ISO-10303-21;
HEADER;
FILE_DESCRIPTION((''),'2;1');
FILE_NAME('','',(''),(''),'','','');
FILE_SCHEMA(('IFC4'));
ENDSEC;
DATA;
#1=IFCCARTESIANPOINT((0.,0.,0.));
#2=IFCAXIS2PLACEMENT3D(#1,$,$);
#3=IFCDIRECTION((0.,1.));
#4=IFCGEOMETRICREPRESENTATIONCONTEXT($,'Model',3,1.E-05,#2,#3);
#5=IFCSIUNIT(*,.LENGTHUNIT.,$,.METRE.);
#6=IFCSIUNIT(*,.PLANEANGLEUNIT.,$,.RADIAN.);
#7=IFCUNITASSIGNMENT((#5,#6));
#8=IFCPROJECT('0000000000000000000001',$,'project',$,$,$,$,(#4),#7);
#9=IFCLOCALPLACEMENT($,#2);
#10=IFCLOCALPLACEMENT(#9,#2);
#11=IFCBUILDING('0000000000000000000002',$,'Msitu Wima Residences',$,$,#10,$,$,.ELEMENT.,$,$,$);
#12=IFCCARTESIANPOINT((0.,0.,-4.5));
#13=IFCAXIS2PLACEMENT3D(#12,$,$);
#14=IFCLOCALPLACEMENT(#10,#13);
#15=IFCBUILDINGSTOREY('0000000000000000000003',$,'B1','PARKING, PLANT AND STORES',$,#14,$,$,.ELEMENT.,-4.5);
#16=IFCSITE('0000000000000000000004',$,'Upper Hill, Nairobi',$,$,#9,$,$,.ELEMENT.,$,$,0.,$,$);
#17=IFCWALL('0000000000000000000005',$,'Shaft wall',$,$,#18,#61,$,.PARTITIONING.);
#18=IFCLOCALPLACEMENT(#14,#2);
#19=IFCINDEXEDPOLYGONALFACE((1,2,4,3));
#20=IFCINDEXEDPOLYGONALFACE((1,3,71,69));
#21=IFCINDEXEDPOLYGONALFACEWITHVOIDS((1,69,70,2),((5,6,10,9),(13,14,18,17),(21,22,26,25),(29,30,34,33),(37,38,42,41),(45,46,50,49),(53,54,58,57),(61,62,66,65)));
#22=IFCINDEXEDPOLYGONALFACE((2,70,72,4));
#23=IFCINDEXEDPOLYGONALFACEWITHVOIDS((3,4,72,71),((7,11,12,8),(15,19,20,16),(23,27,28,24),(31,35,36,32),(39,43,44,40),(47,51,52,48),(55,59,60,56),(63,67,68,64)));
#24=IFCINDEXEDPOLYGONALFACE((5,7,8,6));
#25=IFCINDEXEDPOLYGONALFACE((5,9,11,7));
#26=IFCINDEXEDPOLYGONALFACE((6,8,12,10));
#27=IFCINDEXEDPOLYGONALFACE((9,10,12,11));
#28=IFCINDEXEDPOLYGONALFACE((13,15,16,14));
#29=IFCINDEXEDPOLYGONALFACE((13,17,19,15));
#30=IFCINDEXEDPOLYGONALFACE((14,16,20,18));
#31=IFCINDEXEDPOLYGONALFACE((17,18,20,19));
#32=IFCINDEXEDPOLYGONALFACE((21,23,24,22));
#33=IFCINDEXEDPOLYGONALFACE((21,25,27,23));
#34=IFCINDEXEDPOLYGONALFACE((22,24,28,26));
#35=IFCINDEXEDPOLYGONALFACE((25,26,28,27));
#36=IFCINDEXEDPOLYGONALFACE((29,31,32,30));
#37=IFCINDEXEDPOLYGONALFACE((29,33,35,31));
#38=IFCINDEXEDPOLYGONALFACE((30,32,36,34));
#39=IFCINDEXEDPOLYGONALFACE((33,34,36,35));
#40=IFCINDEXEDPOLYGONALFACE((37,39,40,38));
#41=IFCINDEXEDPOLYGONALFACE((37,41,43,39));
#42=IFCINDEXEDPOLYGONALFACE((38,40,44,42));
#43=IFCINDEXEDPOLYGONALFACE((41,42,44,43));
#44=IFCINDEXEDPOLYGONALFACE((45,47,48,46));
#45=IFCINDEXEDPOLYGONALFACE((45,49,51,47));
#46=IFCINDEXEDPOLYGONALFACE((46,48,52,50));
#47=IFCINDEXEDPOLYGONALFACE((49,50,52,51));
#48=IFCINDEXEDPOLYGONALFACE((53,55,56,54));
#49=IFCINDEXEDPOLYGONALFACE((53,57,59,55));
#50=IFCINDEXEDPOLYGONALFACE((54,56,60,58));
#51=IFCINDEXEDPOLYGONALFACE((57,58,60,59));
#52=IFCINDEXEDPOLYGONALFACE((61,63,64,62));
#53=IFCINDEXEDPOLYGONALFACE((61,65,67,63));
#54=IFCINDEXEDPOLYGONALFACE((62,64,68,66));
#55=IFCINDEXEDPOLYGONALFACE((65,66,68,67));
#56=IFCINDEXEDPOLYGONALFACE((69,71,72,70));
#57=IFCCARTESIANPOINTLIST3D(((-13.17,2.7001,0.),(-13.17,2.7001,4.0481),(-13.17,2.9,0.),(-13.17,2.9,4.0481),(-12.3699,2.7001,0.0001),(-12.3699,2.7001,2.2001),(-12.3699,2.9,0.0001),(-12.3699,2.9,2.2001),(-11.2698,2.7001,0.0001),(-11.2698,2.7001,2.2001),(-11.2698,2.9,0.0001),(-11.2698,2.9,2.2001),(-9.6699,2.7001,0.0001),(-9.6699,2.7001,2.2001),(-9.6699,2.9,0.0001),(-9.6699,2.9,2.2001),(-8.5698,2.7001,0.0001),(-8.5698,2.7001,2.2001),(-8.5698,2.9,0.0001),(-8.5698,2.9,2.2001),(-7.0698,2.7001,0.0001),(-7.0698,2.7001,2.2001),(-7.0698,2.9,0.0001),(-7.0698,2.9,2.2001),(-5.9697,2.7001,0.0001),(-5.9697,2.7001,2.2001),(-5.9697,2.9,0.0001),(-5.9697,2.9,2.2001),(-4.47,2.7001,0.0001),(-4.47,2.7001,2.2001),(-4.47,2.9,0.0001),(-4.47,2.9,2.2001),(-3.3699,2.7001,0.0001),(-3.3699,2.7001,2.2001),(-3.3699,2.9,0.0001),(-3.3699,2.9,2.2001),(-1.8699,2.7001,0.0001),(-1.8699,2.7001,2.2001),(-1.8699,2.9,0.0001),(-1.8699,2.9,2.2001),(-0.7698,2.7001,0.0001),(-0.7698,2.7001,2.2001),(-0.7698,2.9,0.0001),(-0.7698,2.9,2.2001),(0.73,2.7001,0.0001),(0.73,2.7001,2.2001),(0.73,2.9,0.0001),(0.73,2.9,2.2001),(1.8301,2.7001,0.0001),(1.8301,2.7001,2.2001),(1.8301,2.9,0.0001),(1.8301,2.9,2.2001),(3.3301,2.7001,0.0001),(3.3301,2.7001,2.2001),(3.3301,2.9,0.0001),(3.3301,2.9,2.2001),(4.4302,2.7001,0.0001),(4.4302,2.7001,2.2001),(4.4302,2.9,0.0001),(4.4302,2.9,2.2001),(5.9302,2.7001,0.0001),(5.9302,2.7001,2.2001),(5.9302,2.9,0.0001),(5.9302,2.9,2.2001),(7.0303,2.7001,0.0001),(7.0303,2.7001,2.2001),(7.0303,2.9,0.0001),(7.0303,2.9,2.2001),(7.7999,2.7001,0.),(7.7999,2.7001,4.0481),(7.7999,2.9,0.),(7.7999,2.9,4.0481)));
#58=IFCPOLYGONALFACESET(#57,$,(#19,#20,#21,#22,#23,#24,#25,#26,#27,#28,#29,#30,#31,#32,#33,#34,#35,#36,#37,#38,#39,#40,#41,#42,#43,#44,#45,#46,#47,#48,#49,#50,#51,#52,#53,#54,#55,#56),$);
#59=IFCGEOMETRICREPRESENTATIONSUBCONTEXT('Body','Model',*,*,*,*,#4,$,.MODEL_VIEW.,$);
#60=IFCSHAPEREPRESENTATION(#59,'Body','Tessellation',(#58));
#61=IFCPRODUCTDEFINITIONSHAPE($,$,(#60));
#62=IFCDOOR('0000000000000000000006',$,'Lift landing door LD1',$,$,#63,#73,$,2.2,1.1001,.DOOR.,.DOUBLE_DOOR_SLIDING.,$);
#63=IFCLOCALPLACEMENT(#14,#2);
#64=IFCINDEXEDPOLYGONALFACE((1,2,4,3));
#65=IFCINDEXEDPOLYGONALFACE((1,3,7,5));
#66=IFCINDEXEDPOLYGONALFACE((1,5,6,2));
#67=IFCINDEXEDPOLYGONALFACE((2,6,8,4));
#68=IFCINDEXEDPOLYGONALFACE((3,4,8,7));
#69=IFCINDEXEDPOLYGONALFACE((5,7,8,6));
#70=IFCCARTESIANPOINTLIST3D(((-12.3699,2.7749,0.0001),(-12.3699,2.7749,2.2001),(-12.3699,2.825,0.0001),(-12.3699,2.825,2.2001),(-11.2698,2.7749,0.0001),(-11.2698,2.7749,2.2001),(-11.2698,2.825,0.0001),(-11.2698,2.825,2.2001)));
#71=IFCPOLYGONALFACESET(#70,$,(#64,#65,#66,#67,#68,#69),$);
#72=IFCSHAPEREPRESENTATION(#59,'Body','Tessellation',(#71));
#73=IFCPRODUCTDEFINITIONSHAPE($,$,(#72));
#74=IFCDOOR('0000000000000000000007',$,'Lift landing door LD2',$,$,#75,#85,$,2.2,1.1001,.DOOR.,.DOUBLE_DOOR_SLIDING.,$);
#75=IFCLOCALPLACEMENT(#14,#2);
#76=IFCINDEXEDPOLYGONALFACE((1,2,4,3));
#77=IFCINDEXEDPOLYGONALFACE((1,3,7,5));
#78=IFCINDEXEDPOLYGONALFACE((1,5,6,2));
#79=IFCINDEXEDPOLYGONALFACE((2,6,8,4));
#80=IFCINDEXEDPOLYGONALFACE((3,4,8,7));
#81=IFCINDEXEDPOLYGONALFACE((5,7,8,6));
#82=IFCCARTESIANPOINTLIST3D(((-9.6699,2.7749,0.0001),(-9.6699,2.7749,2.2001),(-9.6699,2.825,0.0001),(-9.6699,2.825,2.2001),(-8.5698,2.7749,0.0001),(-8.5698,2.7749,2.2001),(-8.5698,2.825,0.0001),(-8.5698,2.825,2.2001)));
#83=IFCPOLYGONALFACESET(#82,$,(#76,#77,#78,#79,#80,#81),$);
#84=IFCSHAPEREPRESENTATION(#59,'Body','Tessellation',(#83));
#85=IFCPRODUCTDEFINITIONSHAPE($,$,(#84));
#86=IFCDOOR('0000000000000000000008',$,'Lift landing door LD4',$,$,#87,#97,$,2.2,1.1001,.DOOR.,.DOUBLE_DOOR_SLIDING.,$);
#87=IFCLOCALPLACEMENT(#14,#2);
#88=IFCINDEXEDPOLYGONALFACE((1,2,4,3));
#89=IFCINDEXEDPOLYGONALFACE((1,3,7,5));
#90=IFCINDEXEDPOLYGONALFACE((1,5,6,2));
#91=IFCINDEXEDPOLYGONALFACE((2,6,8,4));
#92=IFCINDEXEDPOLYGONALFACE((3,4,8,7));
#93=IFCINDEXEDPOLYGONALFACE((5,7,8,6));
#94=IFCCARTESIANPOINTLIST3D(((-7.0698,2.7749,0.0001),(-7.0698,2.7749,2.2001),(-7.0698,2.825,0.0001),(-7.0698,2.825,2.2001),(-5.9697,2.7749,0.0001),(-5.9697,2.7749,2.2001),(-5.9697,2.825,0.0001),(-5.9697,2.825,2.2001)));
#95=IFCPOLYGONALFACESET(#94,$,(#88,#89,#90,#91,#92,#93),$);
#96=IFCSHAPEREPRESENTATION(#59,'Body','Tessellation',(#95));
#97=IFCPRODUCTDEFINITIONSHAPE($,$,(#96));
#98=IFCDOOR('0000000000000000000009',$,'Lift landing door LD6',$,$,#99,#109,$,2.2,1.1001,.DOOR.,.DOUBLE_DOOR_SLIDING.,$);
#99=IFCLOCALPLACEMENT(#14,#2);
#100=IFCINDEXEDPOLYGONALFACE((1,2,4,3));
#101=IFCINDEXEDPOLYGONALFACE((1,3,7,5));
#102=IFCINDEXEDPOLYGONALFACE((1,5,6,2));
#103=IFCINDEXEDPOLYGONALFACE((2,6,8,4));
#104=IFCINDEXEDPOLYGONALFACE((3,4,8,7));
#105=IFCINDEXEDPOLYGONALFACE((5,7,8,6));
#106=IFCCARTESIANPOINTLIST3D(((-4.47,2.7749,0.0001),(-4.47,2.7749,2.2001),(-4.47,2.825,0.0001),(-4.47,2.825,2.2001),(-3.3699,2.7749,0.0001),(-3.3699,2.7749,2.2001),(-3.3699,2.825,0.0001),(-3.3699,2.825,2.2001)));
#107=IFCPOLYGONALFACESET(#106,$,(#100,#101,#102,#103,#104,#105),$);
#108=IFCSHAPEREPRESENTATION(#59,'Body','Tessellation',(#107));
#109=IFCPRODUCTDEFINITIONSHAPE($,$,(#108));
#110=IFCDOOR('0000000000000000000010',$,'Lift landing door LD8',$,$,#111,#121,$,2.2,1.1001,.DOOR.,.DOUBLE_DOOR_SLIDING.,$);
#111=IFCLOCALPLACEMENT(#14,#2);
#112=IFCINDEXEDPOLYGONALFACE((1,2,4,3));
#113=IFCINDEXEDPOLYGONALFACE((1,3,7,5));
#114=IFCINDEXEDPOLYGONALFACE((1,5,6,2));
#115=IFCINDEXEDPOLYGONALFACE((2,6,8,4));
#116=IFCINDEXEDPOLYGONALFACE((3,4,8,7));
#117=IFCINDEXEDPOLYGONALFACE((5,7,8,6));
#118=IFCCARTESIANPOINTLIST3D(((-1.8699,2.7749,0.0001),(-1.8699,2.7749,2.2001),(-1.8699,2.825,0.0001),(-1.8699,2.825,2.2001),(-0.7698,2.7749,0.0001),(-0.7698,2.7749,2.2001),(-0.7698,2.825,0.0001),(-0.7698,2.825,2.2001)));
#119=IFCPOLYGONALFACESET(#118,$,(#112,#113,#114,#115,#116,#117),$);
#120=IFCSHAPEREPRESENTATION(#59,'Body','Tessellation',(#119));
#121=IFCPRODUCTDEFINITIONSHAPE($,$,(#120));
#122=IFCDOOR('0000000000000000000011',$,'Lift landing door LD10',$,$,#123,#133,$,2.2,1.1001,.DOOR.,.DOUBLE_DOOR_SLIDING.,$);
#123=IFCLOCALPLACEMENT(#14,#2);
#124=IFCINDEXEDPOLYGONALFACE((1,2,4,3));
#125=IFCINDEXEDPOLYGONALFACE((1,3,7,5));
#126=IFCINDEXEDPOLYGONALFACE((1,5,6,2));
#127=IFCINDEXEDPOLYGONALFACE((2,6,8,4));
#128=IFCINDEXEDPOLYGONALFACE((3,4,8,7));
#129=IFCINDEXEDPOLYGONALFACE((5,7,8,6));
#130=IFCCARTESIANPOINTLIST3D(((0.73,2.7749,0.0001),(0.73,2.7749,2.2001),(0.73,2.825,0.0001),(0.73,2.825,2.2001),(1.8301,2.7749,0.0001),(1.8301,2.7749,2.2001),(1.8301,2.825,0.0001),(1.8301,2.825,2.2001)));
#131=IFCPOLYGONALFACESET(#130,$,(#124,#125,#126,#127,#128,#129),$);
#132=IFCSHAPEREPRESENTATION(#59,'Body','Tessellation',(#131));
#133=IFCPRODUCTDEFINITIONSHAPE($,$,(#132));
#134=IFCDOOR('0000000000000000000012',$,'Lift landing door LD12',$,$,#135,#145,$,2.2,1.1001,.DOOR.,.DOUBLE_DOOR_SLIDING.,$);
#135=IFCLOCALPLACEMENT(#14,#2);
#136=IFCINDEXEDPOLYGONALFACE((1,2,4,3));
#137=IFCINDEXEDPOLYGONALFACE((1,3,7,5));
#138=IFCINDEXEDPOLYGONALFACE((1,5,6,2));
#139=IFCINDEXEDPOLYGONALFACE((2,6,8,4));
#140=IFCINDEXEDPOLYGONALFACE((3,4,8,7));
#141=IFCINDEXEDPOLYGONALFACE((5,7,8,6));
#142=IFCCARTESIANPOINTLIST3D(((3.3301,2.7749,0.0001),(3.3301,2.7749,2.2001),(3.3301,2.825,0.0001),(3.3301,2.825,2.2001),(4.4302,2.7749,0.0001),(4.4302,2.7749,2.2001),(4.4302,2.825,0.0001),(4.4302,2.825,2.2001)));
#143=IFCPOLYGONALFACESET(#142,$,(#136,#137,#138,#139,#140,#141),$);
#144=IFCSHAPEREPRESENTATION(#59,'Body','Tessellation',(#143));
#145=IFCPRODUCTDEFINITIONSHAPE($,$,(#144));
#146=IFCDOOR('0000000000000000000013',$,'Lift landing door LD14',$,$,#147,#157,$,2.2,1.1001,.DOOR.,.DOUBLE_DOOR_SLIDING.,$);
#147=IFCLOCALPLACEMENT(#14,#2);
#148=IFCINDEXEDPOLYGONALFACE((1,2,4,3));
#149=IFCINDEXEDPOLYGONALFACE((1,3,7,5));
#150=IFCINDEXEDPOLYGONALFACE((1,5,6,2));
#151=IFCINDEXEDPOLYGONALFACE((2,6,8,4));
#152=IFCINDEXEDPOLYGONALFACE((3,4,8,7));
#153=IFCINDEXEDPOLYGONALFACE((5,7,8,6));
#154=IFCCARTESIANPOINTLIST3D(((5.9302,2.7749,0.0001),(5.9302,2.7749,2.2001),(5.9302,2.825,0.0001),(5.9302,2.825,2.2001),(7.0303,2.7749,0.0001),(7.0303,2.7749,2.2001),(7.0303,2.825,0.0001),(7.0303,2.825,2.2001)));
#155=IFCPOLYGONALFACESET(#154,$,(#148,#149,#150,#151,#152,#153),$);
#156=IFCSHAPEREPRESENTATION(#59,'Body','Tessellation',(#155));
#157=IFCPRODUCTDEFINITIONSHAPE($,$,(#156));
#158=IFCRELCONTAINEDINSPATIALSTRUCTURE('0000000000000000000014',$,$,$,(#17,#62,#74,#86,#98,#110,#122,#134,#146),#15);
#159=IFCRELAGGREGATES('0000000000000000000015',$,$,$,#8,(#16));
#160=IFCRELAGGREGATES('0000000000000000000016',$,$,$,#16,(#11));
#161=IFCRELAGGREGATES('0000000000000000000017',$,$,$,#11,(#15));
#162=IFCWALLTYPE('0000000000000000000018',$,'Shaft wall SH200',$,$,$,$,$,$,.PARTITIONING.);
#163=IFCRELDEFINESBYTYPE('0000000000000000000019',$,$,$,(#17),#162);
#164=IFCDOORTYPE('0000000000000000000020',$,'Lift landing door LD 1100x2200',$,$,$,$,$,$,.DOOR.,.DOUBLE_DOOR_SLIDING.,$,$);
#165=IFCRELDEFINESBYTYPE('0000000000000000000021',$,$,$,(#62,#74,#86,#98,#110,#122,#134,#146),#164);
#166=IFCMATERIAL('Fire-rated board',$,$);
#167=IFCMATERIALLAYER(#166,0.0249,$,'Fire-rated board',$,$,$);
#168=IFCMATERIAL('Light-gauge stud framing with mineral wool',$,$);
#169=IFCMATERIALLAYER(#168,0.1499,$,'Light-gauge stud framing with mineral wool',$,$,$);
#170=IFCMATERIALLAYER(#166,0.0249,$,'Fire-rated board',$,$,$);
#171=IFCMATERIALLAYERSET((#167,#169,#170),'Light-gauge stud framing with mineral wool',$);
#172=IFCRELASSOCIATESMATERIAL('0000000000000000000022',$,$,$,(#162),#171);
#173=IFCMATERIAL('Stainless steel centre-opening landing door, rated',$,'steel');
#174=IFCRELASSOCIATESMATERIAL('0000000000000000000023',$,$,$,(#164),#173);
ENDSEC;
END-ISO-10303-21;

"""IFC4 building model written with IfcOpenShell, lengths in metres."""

from ifc_helpers import new_model, si_unit, direction, frame, frame_2d, origin, place, context, subcontext, project, spatial, rectangle, extrude, material, layer, layer_set, type_object, element, fill, save


model = new_model("IFC4")

# Units and contexts
model_context = context("Model", 3, precision=1e-05, world=origin(), true_north=direction((0.0, 1.0)))
body_context = subcontext(model_context, "Body", "Model", "MODEL_VIEW")
ifc_project = project(units=[si_unit("LENGTHUNIT", "METRE"), si_unit("PLANEANGLEUNIT", "RADIAN")], contexts=[model_context])

# Site, building, storey
site_placement = place(None, origin())
site = spatial("IfcSite", under=ifc_project, at=site_placement, Name="Upper Hill, Nairobi", CompositionType="ELEMENT", RefElevation=0.0)
building_placement = place(site_placement, origin())
building = spatial("IfcBuilding", under=site, at=building_placement, Name="Msitu Wima Residences", CompositionType="ELEMENT")
storey_placement = place(building_placement, frame((0.0, 0.0, -4.5)))
storey = spatial("IfcBuildingStorey", under=building, at=storey_placement, Name="B1", Description="PARKING, PLANT AND STORES", CompositionType="ELEMENT", Elevation=-4.5)

# Wall, openings, doors
ifc_material_1 = material(Name="Fire-rated board")
ifc_layer_1 = layer(ifc_material_1, 0.0249, Name="Fire-rated board")
ifc_material_2 = material(Name="Light-gauge stud framing with mineral wool")
ifc_layer_2 = layer(ifc_material_2, 0.1499, Name="Light-gauge stud framing with mineral wool")
ifc_layer_3 = layer(ifc_material_1, 0.0249, Name="Fire-rated board")
ifc_layer_set_1 = layer_set([ifc_layer_1, ifc_layer_2, ifc_layer_3], Name="Light-gauge stud framing with mineral wool")
wall_type_1 = type_object("IfcWallType", Name="Shaft wall SH200", PredefinedType="PARTITIONING", material=ifc_layer_set_1)
wall_1_placement = place(storey_placement, frame((-13.1699, 2.8, 0.0), z_axis=(0.0, 0.0, 1.0), x_axis=(1.0, 0.0, 0.0)))
wall_1 = element("IfcWall", 1, at=wall_1_placement, inside=storey, type_object=wall_type_1, Name="Shaft wall", PredefinedType="PARTITIONING", context=body_context, shape_type="SweptSolid", body=[
    extrude(rectangle(XDim=20.97, YDim=0.2, at=frame_2d((10.4849, 0.0))), origin(), (0.0, 0.0, 1.0), 4.0481),
])
opening_1_placement = place(wall_1_placement, frame((0.8, 0.0, 0.0)))
opening_1 = element("IfcOpeningElement", 2, at=opening_1_placement, cuts=wall_1, PredefinedType="OPENING", context=body_context, shape_type="SweptSolid", body=[
    extrude(rectangle(XDim=1.1001, YDim=2.2, at=frame_2d((0.55, 1.1001))), frame((0.0, 0.1099, 0.0), z_axis=(0.0, -1.0, 0.0), x_axis=(1.0, 0.0, 0.0)), (0.0, 0.0, 1.0), 0.22),
])
opening_2_placement = place(wall_1_placement, frame((3.5, 0.0, 0.0)))
opening_2 = element("IfcOpeningElement", 3, at=opening_2_placement, cuts=wall_1, PredefinedType="OPENING", context=body_context, shape_type="SweptSolid", body=[
    extrude(rectangle(XDim=1.1001, YDim=2.2, at=frame_2d((0.55, 1.1001))), frame((0.0, 0.1099, 0.0), z_axis=(0.0, -1.0, 0.0), x_axis=(1.0, 0.0, 0.0)), (0.0, 0.0, 1.0), 0.22),
])
opening_3_placement = place(wall_1_placement, frame((6.1001, 0.0, 0.0)))
opening_3 = element("IfcOpeningElement", 4, at=opening_3_placement, cuts=wall_1, PredefinedType="OPENING", context=body_context, shape_type="SweptSolid", body=[
    extrude(rectangle(XDim=1.1001, YDim=2.2, at=frame_2d((0.55, 1.1001))), frame((0.0, 0.1099, 0.0), z_axis=(0.0, -1.0, 0.0), x_axis=(1.0, 0.0, 0.0)), (0.0, 0.0, 1.0), 0.22),
])
opening_4_placement = place(wall_1_placement, frame((8.7, 0.0, 0.0)))
opening_4 = element("IfcOpeningElement", 5, at=opening_4_placement, cuts=wall_1, PredefinedType="OPENING", context=body_context, shape_type="SweptSolid", body=[
    extrude(rectangle(XDim=1.1001, YDim=2.2, at=frame_2d((0.55, 1.1001))), frame((0.0, 0.1099, 0.0), z_axis=(0.0, -1.0, 0.0), x_axis=(1.0, 0.0, 0.0)), (0.0, 0.0, 1.0), 0.22),
])
opening_5_placement = place(wall_1_placement, frame((11.3, 0.0, 0.0)))
opening_5 = element("IfcOpeningElement", 6, at=opening_5_placement, cuts=wall_1, PredefinedType="OPENING", context=body_context, shape_type="SweptSolid", body=[
    extrude(rectangle(XDim=1.1001, YDim=2.2, at=frame_2d((0.55, 1.1001))), frame((0.0, 0.1099, 0.0), z_axis=(0.0, -1.0, 0.0), x_axis=(1.0, 0.0, 0.0)), (0.0, 0.0, 1.0), 0.22),
])
opening_6_placement = place(wall_1_placement, frame((13.8999, 0.0, 0.0)))
opening_6 = element("IfcOpeningElement", 7, at=opening_6_placement, cuts=wall_1, PredefinedType="OPENING", context=body_context, shape_type="SweptSolid", body=[
    extrude(rectangle(XDim=1.1001, YDim=2.2, at=frame_2d((0.55, 1.1001))), frame((0.0, 0.1099, 0.0), z_axis=(0.0, -1.0, 0.0), x_axis=(1.0, 0.0, 0.0)), (0.0, 0.0, 1.0), 0.22),
])
opening_7_placement = place(wall_1_placement, frame((16.5, 0.0, 0.0)))
opening_7 = element("IfcOpeningElement", 8, at=opening_7_placement, cuts=wall_1, PredefinedType="OPENING", context=body_context, shape_type="SweptSolid", body=[
    extrude(rectangle(XDim=1.1001, YDim=2.2, at=frame_2d((0.55, 1.1001))), frame((0.0, 0.1099, 0.0), z_axis=(0.0, -1.0, 0.0), x_axis=(1.0, 0.0, 0.0)), (0.0, 0.0, 1.0), 0.22),
])
opening_8_placement = place(wall_1_placement, frame((19.1001, 0.0, 0.0)))
opening_8 = element("IfcOpeningElement", 9, at=opening_8_placement, cuts=wall_1, PredefinedType="OPENING", context=body_context, shape_type="SweptSolid", body=[
    extrude(rectangle(XDim=1.1001, YDim=2.2, at=frame_2d((0.55, 1.1001))), frame((0.0, 0.1099, 0.0), z_axis=(0.0, -1.0, 0.0), x_axis=(1.0, 0.0, 0.0)), (0.0, 0.0, 1.0), 0.22),
])
ifc_material_3 = material(Name="Stainless steel centre-opening landing door, rated", Category="steel")
door_type_1 = type_object("IfcDoorType", Name="Lift landing door LD 1100x2200", OperationType="DOUBLE_DOOR_SLIDING", PredefinedType="DOOR", material=ifc_material_3)
door_1_placement = place(opening_1_placement, origin())
door_1 = element("IfcDoor", 10, at=door_1_placement, inside=storey, type_object=door_type_1, Name="Lift landing door LD1", OperationType="DOUBLE_DOOR_SLIDING", OverallHeight=2.2, OverallWidth=1.1001, PredefinedType="DOOR", context=body_context, shape_type="SweptSolid", body=[
    extrude(rectangle(XDim=1.1001, YDim=2.2, at=frame_2d((0.55, 1.1001))), frame((0.0, 0.0249, 0.0), z_axis=(0.0, -1.0, 0.0), x_axis=(1.0, 0.0, 0.0)), (0.0, 0.0, 1.0), 0.05),
])
fill(opening_1, door_1)
door_2_placement = place(opening_2_placement, origin())
door_2 = element("IfcDoor", 11, at=door_2_placement, inside=storey, type_object=door_type_1, Name="Lift landing door LD2", OperationType="DOUBLE_DOOR_SLIDING", OverallHeight=2.2, OverallWidth=1.1001, PredefinedType="DOOR", context=body_context, shape_type="SweptSolid", body=[
    extrude(rectangle(XDim=1.1001, YDim=2.2, at=frame_2d((0.55, 1.1001))), frame((0.0, 0.0249, 0.0), z_axis=(0.0, -1.0, 0.0), x_axis=(1.0, 0.0, 0.0)), (0.0, 0.0, 1.0), 0.05),
])
fill(opening_2, door_2)
door_3_placement = place(opening_3_placement, origin())
door_3 = element("IfcDoor", 12, at=door_3_placement, inside=storey, type_object=door_type_1, Name="Lift landing door LD4", OperationType="DOUBLE_DOOR_SLIDING", OverallHeight=2.2, OverallWidth=1.1001, PredefinedType="DOOR", context=body_context, shape_type="SweptSolid", body=[
    extrude(rectangle(XDim=1.1001, YDim=2.2, at=frame_2d((0.55, 1.1001))), frame((0.0, 0.0249, 0.0), z_axis=(0.0, -1.0, 0.0), x_axis=(1.0, 0.0, 0.0)), (0.0, 0.0, 1.0), 0.05),
])
fill(opening_3, door_3)
door_4_placement = place(opening_4_placement, origin())
door_4 = element("IfcDoor", 13, at=door_4_placement, inside=storey, type_object=door_type_1, Name="Lift landing door LD6", OperationType="DOUBLE_DOOR_SLIDING", OverallHeight=2.2, OverallWidth=1.1001, PredefinedType="DOOR", context=body_context, shape_type="SweptSolid", body=[
    extrude(rectangle(XDim=1.1001, YDim=2.2, at=frame_2d((0.55, 1.1001))), frame((0.0, 0.0249, 0.0), z_axis=(0.0, -1.0, 0.0), x_axis=(1.0, 0.0, 0.0)), (0.0, 0.0, 1.0), 0.05),
])
fill(opening_4, door_4)
door_5_placement = place(opening_5_placement, origin())
door_5 = element("IfcDoor", 14, at=door_5_placement, inside=storey, type_object=door_type_1, Name="Lift landing door LD8", OperationType="DOUBLE_DOOR_SLIDING", OverallHeight=2.2, OverallWidth=1.1001, PredefinedType="DOOR", context=body_context, shape_type="SweptSolid", body=[
    extrude(rectangle(XDim=1.1001, YDim=2.2, at=frame_2d((0.55, 1.1001))), frame((0.0, 0.0249, 0.0), z_axis=(0.0, -1.0, 0.0), x_axis=(1.0, 0.0, 0.0)), (0.0, 0.0, 1.0), 0.05),
])
fill(opening_5, door_5)
door_6_placement = place(opening_6_placement, origin())
door_6 = element("IfcDoor", 15, at=door_6_placement, inside=storey, type_object=door_type_1, Name="Lift landing door LD10", OperationType="DOUBLE_DOOR_SLIDING", OverallHeight=2.2, OverallWidth=1.1001, PredefinedType="DOOR", context=body_context, shape_type="SweptSolid", body=[
    extrude(rectangle(XDim=1.1001, YDim=2.2, at=frame_2d((0.55, 1.1001))), frame((0.0, 0.0249, 0.0), z_axis=(0.0, -1.0, 0.0), x_axis=(1.0, 0.0, 0.0)), (0.0, 0.0, 1.0), 0.05),
])
fill(opening_6, door_6)
door_7_placement = place(opening_7_placement, origin())
door_7 = element("IfcDoor", 16, at=door_7_placement, inside=storey, type_object=door_type_1, Name="Lift landing door LD12", OperationType="DOUBLE_DOOR_SLIDING", OverallHeight=2.2, OverallWidth=1.1001, PredefinedType="DOOR", context=body_context, shape_type="SweptSolid", body=[
    extrude(rectangle(XDim=1.1001, YDim=2.2, at=frame_2d((0.55, 1.1001))), frame((0.0, 0.0249, 0.0), z_axis=(0.0, -1.0, 0.0), x_axis=(1.0, 0.0, 0.0)), (0.0, 0.0, 1.0), 0.05),
])
fill(opening_7, door_7)
door_8_placement = place(opening_8_placement, origin())
door_8 = element("IfcDoor", 17, at=door_8_placement, inside=storey, type_object=door_type_1, Name="Lift landing door LD14", OperationType="DOUBLE_DOOR_SLIDING", OverallHeight=2.2, OverallWidth=1.1001, PredefinedType="DOOR", context=body_context, shape_type="SweptSolid", body=[
    extrude(rectangle(XDim=1.1001, YDim=2.2, at=frame_2d((0.55, 1.1001))), frame((0.0, 0.0249, 0.0), z_axis=(0.0, -1.0, 0.0), x_axis=(1.0, 0.0, 0.0)), (0.0, 0.0, 1.0), 0.05),
])
fill(opening_8, door_8)

save(model, "model.ifc")
